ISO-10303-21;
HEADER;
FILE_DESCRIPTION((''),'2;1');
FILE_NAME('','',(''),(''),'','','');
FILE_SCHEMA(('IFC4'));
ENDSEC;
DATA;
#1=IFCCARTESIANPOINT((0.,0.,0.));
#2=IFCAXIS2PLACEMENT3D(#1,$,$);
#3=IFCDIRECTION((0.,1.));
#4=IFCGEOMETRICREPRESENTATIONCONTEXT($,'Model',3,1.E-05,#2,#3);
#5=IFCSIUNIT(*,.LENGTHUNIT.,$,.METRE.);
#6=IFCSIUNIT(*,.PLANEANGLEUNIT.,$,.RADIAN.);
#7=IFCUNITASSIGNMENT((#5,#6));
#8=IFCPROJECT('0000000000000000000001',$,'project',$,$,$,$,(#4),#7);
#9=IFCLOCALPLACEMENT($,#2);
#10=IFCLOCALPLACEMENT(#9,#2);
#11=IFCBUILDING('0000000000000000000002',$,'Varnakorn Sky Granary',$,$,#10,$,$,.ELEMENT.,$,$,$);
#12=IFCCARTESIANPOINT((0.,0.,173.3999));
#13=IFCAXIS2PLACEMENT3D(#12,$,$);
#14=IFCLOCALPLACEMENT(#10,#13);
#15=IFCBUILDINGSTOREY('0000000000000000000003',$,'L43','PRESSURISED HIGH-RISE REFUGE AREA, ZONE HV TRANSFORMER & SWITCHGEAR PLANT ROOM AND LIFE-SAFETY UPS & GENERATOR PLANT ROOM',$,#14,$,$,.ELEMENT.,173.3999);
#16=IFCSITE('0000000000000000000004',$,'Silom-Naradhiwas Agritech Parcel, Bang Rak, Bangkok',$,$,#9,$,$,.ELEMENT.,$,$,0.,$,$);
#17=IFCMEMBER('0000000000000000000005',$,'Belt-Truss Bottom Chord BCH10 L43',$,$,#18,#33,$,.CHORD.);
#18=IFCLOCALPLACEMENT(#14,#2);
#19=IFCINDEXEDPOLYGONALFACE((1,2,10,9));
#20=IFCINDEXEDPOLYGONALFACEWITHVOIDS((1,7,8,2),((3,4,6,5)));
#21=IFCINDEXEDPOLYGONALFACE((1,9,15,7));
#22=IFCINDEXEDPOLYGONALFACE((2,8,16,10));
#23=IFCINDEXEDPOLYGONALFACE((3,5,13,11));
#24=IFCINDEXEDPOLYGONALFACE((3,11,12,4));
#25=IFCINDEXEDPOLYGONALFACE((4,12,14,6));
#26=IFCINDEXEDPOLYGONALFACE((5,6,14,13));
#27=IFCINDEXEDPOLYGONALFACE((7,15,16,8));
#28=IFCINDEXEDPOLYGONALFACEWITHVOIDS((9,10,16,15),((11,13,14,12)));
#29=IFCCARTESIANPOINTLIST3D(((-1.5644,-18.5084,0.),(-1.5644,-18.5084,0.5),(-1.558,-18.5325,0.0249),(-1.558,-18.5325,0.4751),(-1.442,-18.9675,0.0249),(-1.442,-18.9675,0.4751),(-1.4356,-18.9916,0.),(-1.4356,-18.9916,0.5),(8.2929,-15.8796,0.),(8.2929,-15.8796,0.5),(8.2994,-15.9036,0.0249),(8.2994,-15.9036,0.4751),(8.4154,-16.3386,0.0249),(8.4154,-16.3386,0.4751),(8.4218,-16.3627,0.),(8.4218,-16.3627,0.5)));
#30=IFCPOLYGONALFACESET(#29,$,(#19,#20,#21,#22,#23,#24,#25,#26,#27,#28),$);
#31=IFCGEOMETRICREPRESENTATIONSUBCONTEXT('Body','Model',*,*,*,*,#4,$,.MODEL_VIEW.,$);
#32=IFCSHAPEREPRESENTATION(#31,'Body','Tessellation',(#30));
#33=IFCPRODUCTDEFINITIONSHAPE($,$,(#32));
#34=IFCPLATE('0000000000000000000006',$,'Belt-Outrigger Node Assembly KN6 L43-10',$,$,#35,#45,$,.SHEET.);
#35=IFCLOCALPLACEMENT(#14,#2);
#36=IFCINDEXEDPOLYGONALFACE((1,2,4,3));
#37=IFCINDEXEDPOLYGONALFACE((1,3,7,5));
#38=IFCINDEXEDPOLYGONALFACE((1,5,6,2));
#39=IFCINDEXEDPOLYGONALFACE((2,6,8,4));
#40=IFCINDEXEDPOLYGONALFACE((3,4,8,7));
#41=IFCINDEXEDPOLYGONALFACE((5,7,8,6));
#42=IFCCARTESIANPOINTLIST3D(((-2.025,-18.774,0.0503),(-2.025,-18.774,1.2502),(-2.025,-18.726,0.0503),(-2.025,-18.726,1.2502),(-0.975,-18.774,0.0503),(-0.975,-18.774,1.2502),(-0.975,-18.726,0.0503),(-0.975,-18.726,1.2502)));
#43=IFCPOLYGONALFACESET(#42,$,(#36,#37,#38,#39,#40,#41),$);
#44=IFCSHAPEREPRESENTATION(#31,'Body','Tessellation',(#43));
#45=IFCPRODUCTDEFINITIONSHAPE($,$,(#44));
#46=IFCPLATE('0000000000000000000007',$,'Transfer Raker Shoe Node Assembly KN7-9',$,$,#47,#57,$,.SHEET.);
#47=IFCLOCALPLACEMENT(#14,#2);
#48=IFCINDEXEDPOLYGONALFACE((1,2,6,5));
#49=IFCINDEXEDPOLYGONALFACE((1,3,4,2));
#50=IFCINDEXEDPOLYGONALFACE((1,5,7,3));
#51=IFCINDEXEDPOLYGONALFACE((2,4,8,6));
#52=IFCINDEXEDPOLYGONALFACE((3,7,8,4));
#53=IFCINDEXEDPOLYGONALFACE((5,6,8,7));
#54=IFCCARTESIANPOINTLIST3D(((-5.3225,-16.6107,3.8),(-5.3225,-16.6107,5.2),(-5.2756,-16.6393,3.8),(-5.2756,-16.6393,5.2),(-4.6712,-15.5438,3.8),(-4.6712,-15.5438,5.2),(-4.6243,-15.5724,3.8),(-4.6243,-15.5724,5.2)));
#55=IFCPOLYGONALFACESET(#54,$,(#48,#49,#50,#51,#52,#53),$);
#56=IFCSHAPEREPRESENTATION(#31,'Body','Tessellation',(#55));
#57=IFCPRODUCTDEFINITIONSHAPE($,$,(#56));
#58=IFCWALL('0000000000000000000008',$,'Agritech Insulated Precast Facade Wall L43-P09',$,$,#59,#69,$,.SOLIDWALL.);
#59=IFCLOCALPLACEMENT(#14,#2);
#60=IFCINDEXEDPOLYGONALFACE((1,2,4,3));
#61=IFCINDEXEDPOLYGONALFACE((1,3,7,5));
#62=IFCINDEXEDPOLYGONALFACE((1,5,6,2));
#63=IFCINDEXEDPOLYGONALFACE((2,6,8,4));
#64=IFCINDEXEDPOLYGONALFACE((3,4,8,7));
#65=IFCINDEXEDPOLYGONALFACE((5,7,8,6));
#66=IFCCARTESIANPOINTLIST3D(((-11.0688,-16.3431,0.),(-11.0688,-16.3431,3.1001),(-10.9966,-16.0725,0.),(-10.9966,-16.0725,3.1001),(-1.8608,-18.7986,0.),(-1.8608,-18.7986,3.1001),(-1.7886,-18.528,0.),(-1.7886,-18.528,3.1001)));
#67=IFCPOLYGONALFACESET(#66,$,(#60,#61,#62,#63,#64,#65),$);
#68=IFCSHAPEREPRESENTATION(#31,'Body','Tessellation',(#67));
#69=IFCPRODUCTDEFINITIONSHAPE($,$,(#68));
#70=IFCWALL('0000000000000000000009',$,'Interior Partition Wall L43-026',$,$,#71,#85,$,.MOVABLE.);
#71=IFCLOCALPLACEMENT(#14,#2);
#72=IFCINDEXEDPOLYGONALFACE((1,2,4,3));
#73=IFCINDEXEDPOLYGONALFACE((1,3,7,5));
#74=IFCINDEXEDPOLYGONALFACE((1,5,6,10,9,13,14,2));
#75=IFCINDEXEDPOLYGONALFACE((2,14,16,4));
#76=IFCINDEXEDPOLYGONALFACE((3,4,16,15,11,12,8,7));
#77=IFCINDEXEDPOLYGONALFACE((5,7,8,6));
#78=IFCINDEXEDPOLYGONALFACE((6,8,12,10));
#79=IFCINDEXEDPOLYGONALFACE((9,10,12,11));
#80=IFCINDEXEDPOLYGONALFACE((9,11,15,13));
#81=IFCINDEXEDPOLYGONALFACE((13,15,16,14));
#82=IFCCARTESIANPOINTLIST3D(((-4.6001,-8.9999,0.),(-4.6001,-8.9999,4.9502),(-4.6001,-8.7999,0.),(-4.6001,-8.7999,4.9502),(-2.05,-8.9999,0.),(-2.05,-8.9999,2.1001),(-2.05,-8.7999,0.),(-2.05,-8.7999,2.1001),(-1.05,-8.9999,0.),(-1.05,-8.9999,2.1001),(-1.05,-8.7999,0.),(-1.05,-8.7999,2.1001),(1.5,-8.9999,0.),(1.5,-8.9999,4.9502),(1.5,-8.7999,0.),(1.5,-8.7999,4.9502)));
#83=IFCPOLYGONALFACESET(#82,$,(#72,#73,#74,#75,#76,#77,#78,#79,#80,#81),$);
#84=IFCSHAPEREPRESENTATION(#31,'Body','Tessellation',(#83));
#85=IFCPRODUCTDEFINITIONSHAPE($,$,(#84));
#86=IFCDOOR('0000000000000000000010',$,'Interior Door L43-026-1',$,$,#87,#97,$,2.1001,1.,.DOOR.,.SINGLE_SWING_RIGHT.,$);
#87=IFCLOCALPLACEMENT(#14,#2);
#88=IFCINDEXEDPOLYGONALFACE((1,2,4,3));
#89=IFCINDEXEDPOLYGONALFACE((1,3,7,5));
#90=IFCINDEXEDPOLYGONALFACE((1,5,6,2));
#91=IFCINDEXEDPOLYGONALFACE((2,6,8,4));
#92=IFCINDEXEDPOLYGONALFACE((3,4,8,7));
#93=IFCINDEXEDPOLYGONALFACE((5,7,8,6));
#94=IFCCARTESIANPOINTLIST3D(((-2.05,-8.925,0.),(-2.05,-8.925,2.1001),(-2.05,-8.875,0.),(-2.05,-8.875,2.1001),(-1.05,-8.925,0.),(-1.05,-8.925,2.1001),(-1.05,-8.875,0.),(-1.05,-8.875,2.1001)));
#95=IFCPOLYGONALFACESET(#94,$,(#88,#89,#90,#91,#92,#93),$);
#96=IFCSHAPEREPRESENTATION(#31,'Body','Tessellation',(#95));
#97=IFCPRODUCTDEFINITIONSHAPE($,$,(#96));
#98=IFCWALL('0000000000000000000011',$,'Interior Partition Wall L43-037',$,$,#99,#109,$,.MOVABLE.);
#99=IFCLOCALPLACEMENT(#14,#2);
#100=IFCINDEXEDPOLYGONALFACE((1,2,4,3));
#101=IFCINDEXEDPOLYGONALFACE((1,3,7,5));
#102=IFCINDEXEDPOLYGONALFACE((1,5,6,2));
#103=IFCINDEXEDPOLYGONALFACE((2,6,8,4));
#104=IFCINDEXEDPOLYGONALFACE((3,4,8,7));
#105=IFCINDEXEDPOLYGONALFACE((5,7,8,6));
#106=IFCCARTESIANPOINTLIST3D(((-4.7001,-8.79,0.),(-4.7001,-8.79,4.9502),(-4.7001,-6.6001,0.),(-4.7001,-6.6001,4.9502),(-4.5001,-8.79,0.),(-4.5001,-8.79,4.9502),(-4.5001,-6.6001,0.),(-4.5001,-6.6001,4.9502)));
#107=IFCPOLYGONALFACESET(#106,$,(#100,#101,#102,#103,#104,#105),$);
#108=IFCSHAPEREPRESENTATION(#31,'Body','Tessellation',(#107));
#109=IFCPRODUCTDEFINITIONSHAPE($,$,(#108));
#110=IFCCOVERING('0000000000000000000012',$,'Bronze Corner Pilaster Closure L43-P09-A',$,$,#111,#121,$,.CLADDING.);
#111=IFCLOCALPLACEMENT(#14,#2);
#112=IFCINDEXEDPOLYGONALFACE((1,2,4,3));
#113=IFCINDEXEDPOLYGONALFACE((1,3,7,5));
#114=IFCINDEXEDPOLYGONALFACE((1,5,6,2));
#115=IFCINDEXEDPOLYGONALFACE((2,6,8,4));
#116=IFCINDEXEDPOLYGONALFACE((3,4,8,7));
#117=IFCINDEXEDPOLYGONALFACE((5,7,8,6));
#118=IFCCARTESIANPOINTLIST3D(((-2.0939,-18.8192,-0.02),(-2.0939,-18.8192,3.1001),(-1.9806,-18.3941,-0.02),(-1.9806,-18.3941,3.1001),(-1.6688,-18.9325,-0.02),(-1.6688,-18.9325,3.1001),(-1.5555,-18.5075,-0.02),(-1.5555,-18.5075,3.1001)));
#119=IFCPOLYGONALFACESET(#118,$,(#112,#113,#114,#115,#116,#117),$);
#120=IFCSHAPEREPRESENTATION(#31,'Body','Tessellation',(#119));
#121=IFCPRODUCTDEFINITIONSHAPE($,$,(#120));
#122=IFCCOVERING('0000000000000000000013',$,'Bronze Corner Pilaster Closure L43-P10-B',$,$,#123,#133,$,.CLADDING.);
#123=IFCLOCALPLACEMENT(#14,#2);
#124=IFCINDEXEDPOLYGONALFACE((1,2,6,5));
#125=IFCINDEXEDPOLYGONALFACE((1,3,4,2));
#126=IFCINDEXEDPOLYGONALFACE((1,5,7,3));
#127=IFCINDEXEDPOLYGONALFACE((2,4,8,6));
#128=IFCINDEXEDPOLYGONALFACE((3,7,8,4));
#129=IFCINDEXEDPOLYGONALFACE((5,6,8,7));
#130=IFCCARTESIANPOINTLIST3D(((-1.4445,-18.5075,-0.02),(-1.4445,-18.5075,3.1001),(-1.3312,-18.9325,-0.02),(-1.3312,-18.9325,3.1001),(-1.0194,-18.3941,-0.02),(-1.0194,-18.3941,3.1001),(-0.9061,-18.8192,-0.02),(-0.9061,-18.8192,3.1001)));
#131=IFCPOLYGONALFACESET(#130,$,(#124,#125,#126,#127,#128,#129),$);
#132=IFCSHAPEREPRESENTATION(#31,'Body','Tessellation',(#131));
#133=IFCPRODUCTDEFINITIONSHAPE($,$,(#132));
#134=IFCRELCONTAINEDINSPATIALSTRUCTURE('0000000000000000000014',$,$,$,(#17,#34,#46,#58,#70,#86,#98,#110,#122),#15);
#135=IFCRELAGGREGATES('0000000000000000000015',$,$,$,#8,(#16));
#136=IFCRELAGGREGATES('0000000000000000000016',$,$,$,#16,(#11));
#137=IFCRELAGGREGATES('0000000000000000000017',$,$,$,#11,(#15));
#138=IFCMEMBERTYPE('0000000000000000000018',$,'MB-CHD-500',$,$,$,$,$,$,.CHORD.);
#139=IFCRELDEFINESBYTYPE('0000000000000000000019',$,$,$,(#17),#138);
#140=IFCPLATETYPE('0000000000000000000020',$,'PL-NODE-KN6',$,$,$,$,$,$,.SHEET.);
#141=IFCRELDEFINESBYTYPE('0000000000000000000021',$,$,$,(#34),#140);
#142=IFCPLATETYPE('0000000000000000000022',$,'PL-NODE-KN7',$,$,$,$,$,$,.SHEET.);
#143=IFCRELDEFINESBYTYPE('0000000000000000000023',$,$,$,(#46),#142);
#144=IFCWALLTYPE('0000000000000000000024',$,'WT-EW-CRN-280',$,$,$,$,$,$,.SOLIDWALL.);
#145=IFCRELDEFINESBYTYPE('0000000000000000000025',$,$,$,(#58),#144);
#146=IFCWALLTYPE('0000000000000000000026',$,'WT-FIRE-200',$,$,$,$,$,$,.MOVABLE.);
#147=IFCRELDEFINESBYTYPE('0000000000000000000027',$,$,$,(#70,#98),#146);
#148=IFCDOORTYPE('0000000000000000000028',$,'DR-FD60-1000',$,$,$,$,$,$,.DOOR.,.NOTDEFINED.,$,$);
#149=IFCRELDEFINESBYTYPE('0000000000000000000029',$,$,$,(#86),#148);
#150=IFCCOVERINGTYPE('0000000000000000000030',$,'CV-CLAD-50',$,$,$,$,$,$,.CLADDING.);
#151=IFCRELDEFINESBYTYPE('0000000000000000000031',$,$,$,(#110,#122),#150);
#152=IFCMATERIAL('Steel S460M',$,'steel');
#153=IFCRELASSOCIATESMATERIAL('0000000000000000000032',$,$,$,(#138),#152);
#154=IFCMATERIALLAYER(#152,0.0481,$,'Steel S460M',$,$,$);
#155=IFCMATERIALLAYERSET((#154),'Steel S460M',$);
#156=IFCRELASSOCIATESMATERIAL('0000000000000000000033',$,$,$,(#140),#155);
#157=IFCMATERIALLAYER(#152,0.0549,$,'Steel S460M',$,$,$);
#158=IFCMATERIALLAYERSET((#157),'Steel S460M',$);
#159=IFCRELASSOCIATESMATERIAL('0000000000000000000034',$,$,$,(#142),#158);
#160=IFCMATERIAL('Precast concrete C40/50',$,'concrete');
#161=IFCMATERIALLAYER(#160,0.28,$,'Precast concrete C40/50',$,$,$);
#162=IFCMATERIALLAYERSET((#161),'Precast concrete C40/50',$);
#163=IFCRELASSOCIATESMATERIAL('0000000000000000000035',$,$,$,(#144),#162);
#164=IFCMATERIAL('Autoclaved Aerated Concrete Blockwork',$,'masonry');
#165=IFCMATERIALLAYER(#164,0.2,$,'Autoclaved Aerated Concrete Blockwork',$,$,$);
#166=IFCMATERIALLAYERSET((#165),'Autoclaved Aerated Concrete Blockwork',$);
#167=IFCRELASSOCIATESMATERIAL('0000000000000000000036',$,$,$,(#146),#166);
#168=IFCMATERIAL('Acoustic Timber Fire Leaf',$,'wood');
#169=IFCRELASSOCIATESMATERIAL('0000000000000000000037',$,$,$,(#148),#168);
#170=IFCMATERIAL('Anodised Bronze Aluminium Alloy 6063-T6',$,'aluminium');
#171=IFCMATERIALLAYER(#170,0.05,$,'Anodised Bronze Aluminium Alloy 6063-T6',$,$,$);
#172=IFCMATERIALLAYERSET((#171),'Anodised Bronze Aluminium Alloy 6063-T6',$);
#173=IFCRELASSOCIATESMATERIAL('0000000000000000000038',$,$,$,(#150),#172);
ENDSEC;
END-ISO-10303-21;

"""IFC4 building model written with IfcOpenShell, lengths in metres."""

from ifc_helpers import new_model, si_unit, direction, frame, frame_2d, origin, origin_2d, place, context, subcontext, project, spatial, rectangle, hollow_rectangle, extrude, source, transform, mapped, material, layer, layer_set, material_profile, profile_set, type_object, type_shapes, element, fill, save


model = new_model("IFC4")

# Units and contexts
model_context = context("Model", 3, precision=1e-05, world=origin(), true_north=direction((0.0, 1.0)))
body_context = subcontext(model_context, "Body", "Model", "MODEL_VIEW")
ifc_project = project(units=[si_unit("LENGTHUNIT", "METRE"), si_unit("PLANEANGLEUNIT", "RADIAN")], contexts=[model_context])

# Site, building, storey
site_placement = place(None, origin())
site = spatial("IfcSite", under=ifc_project, at=site_placement, Name="Silom-Naradhiwas Agritech Parcel, Bang Rak, Bangkok", CompositionType="ELEMENT", RefElevation=0.0)
building_placement = place(site_placement, origin())
building = spatial("IfcBuilding", under=site, at=building_placement, Name="Varnakorn Sky Granary", CompositionType="ELEMENT")
storey_placement = place(building_placement, frame((0.0, 0.0, 173.3999)))
storey = spatial("IfcBuildingStorey", under=building, at=storey_placement, Name="L43", Description="PRESSURISED HIGH-RISE REFUGE AREA, ZONE HV TRANSFORMER & SWITCHGEAR PLANT ROOM AND LIFE-SAFETY UPS & GENERATOR PLANT ROOM", CompositionType="ELEMENT", Elevation=173.3999)

# Shared definitions
ifc_material_1 = material(Name="Steel S460M", Category="steel")

# Member
ifc_material_profile_1 = material_profile(ifc_material_1, hollow_rectangle(XDim=0.5, YDim=0.5, WallThickness=0.0249, at=origin_2d()), Name="SHS 500x500x25")
ifc_profile_set_1 = profile_set([ifc_material_profile_1], Name="Steel S460M")
member_type_1 = type_object("IfcMemberType", Name="MB-CHD-500", PredefinedType="CHORD", material=ifc_profile_set_1)
member_1_placement = place(storey_placement, frame((-1.5, -18.75, 0.25), z_axis=(0.966229, 0.257686, 0.0), x_axis=(-0.257686, 0.966229, 0.0)))
element("IfcMember", 1, at=member_1_placement, inside=storey, type_object=member_type_1, Name="Belt-Truss Bottom Chord BCH10 L43", PredefinedType="CHORD", context=body_context, shape_type="SweptSolid", body=[
    extrude(hollow_rectangle(XDim=0.5, YDim=0.5, WallThickness=0.0249, at=origin_2d()), origin(), (0.0, 0.0, 1.0), 10.2019),
])

# Plates
ifc_layer_1 = layer(ifc_material_1, 0.0481, Name="Steel S460M")
ifc_layer_set_1 = layer_set([ifc_layer_1], Name="Steel S460M")
plate_type_1 = type_object("IfcPlateType", Name="PL-NODE-KN6", PredefinedType="SHEET", material=ifc_layer_set_1)
plate_1_placement = place(storey_placement, frame((-1.5, -18.75, 0.0503), z_axis=(0.0, 0.0, 1.0), x_axis=(1.0, 0.0, 0.0)))
element("IfcPlate", 2, at=plate_1_placement, inside=storey, type_object=plate_type_1, Name="Belt-Outrigger Node Assembly KN6 L43-10", PredefinedType="SHEET", context=body_context, shape_type="SweptSolid", body=[
    extrude(rectangle(XDim=1.05, YDim=0.0481, at=origin_2d()), origin(), (0.0, 0.0, 1.0), 1.2),
])
ifc_layer_2 = layer(ifc_material_1, 0.0549, Name="Steel S460M")
ifc_layer_set_2 = layer_set([ifc_layer_2], Name="Steel S460M")
plate_type_2 = type_object("IfcPlateType", Name="PL-NODE-KN7", PredefinedType="SHEET", material=ifc_layer_set_2)
plate_2_placement = place(storey_placement, frame((-4.9734, -16.0916, 3.8), z_axis=(0.0, 0.0, 1.0), x_axis=(-0.521054, -0.853524, 0.0)))
element("IfcPlate", 3, at=plate_2_placement, inside=storey, type_object=plate_type_2, Name="Transfer Raker Shoe Node Assembly KN7-9", PredefinedType="SHEET", context=body_context, shape_type="SweptSolid", body=[
    extrude(rectangle(XDim=1.25, YDim=0.0549, at=origin_2d()), origin(), (0.0, 0.0, 1.0), 1.3999),
])

# Wall
ifc_material_2 = material(Name="Precast concrete C40/50", Category="concrete")
ifc_layer_3 = layer(ifc_material_2, 0.28, Name="Precast concrete C40/50")
ifc_layer_set_3 = layer_set([ifc_layer_3], Name="Precast concrete C40/50")
wall_type_1 = type_object("IfcWallType", Name="WT-EW-CRN-280", PredefinedType="SOLIDWALL", material=ifc_layer_set_3)
wall_1_placement = place(storey_placement, frame((-1.8247, -18.6633, 0.0), z_axis=(0.0, 0.0, 1.0), x_axis=(-0.966232, 0.257672, 0.0)))
element("IfcWall", 4, at=wall_1_placement, inside=storey, type_object=wall_type_1, Name="Agritech Insulated Precast Facade Wall L43-P09", PredefinedType="SOLIDWALL", context=body_context, shape_type="SweptSolid", body=[
    extrude(rectangle(XDim=9.5298, YDim=0.28, at=frame_2d((4.7649, 0.0))), origin(), (0.0, 0.0, 1.0), 3.1001),
])

# Wall, opening, door
ifc_material_3 = material(Name="Autoclaved Aerated Concrete Blockwork", Category="masonry")
ifc_layer_4 = layer(ifc_material_3, 0.2, Name="Autoclaved Aerated Concrete Blockwork")
ifc_layer_set_4 = layer_set([ifc_layer_4], Name="Autoclaved Aerated Concrete Blockwork")
wall_type_2 = type_object("IfcWallType", Name="WT-FIRE-200", PredefinedType="MOVABLE", material=ifc_layer_set_4)
wall_2_placement = place(storey_placement, frame((-4.6001, -8.8999, 0.0), z_axis=(0.0, 0.0, 1.0), x_axis=(1.0, 0.0, 0.0)))
wall_2 = element("IfcWall", 5, at=wall_2_placement, inside=storey, type_object=wall_type_2, Name="Interior Partition Wall L43-026", PredefinedType="MOVABLE", context=body_context, shape_type="SweptSolid", body=[
    extrude(rectangle(XDim=6.1001, YDim=0.2, at=frame_2d((3.05, 0.0))), origin(), (0.0, 0.0, 1.0), 4.9502),
])
opening_placement = place(wall_2_placement, frame((2.55, 0.0, 0.0)))
opening = element("IfcOpeningElement", 6, at=opening_placement, cuts=wall_2, PredefinedType="OPENING", context=body_context, shape_type="SweptSolid", body=[
    extrude(rectangle(XDim=1.0, YDim=2.1001, at=frame_2d((0.5, 1.05))), frame((0.0, 0.1099, 0.0), z_axis=(0.0, -1.0, 0.0), x_axis=(1.0, 0.0, 0.0)), (0.0, 0.0, 1.0), 0.22),
])
ifc_material_4 = material(Name="Acoustic Timber Fire Leaf", Category="wood")
door_type = type_object("IfcDoorType", Name="DR-FD60-1000", OperationType="NOTDEFINED", PredefinedType="DOOR", material=ifc_material_4)
door_placement = place(opening_placement, origin())
door = element("IfcDoor", 7, at=door_placement, inside=storey, type_object=door_type, Name="Interior Door L43-026-1", OperationType="SINGLE_SWING_RIGHT", OverallHeight=2.1001, OverallWidth=1.0, PredefinedType="DOOR", context=body_context, shape_type="SweptSolid", body=[
    extrude(rectangle(XDim=1.0, YDim=2.1001, at=frame_2d((0.5, 1.05))), frame((0.0, 0.0249, 0.0), z_axis=(0.0, -1.0, 0.0), x_axis=(1.0, 0.0, 0.0)), (0.0, 0.0, 1.0), 0.05),
])
fill(opening, door)

# Wall
wall_3_placement = place(storey_placement, frame((-4.6001, -6.6001, 0.0), z_axis=(0.0, 0.0, 1.0), x_axis=(0.0, -1.0, 0.0)))
element("IfcWall", 8, at=wall_3_placement, inside=storey, type_object=wall_type_2, Name="Interior Partition Wall L43-037", PredefinedType="MOVABLE", context=body_context, shape_type="SweptSolid", body=[
    extrude(rectangle(XDim=2.1899, YDim=0.2, at=frame_2d((1.095, 0.0))), origin(), (0.0, 0.0, 1.0), 4.9502),
])

# Coverings
ifc_material_5 = material(Name="Anodised Bronze Aluminium Alloy 6063-T6", Category="aluminium")
ifc_layer_5 = layer(ifc_material_5, 0.05, Name="Anodised Bronze Aluminium Alloy 6063-T6")
ifc_layer_set_5 = layer_set([ifc_layer_5], Name="Anodised Bronze Aluminium Alloy 6063-T6")
covering_type = type_object("IfcCoveringType", Name="CV-CLAD-50", PredefinedType="CLADDING", material=ifc_layer_set_5)
shared_shape = source(origin(), body_context, "Body", "SweptSolid", [
    extrude(rectangle(XDim=0.4399, YDim=0.4399, at=origin_2d()), origin(), (0.0, 0.0, 1.0), 3.1201),
])
type_shapes(covering_type, [shared_shape])
for number, where, z_axis, x_axis, name in (
    (9, (-1.8247, -18.6633, -0.02), (0.0, 0.0, 1.0), (-0.966241, 0.257639, 0.0), "Bronze Corner Pilaster Closure L43-P09-A"),
    (10, (-1.1753, -18.6633, -0.02), (0.0, 0.0, 1.0), (-0.966241, -0.257639, 0.0), "Bronze Corner Pilaster Closure L43-P10-B"),
):
    element("IfcCovering", number, at=place(storey_placement, frame(where, z_axis=z_axis, x_axis=x_axis)), inside=storey, type_object=covering_type, Name=name, PredefinedType="CLADDING", context=body_context, shape_type="MappedRepresentation", body=[
        mapped(shared_shape, transform((0.0, 0.0, 0.0), x_axis=(1.0, 0.0, 0.0), y_axis=(0.0, 1.0, 0.0), z_axis=(0.0, 0.0, 1.0), scale=1.0)),
    ])

save(model, "model.ifc")
